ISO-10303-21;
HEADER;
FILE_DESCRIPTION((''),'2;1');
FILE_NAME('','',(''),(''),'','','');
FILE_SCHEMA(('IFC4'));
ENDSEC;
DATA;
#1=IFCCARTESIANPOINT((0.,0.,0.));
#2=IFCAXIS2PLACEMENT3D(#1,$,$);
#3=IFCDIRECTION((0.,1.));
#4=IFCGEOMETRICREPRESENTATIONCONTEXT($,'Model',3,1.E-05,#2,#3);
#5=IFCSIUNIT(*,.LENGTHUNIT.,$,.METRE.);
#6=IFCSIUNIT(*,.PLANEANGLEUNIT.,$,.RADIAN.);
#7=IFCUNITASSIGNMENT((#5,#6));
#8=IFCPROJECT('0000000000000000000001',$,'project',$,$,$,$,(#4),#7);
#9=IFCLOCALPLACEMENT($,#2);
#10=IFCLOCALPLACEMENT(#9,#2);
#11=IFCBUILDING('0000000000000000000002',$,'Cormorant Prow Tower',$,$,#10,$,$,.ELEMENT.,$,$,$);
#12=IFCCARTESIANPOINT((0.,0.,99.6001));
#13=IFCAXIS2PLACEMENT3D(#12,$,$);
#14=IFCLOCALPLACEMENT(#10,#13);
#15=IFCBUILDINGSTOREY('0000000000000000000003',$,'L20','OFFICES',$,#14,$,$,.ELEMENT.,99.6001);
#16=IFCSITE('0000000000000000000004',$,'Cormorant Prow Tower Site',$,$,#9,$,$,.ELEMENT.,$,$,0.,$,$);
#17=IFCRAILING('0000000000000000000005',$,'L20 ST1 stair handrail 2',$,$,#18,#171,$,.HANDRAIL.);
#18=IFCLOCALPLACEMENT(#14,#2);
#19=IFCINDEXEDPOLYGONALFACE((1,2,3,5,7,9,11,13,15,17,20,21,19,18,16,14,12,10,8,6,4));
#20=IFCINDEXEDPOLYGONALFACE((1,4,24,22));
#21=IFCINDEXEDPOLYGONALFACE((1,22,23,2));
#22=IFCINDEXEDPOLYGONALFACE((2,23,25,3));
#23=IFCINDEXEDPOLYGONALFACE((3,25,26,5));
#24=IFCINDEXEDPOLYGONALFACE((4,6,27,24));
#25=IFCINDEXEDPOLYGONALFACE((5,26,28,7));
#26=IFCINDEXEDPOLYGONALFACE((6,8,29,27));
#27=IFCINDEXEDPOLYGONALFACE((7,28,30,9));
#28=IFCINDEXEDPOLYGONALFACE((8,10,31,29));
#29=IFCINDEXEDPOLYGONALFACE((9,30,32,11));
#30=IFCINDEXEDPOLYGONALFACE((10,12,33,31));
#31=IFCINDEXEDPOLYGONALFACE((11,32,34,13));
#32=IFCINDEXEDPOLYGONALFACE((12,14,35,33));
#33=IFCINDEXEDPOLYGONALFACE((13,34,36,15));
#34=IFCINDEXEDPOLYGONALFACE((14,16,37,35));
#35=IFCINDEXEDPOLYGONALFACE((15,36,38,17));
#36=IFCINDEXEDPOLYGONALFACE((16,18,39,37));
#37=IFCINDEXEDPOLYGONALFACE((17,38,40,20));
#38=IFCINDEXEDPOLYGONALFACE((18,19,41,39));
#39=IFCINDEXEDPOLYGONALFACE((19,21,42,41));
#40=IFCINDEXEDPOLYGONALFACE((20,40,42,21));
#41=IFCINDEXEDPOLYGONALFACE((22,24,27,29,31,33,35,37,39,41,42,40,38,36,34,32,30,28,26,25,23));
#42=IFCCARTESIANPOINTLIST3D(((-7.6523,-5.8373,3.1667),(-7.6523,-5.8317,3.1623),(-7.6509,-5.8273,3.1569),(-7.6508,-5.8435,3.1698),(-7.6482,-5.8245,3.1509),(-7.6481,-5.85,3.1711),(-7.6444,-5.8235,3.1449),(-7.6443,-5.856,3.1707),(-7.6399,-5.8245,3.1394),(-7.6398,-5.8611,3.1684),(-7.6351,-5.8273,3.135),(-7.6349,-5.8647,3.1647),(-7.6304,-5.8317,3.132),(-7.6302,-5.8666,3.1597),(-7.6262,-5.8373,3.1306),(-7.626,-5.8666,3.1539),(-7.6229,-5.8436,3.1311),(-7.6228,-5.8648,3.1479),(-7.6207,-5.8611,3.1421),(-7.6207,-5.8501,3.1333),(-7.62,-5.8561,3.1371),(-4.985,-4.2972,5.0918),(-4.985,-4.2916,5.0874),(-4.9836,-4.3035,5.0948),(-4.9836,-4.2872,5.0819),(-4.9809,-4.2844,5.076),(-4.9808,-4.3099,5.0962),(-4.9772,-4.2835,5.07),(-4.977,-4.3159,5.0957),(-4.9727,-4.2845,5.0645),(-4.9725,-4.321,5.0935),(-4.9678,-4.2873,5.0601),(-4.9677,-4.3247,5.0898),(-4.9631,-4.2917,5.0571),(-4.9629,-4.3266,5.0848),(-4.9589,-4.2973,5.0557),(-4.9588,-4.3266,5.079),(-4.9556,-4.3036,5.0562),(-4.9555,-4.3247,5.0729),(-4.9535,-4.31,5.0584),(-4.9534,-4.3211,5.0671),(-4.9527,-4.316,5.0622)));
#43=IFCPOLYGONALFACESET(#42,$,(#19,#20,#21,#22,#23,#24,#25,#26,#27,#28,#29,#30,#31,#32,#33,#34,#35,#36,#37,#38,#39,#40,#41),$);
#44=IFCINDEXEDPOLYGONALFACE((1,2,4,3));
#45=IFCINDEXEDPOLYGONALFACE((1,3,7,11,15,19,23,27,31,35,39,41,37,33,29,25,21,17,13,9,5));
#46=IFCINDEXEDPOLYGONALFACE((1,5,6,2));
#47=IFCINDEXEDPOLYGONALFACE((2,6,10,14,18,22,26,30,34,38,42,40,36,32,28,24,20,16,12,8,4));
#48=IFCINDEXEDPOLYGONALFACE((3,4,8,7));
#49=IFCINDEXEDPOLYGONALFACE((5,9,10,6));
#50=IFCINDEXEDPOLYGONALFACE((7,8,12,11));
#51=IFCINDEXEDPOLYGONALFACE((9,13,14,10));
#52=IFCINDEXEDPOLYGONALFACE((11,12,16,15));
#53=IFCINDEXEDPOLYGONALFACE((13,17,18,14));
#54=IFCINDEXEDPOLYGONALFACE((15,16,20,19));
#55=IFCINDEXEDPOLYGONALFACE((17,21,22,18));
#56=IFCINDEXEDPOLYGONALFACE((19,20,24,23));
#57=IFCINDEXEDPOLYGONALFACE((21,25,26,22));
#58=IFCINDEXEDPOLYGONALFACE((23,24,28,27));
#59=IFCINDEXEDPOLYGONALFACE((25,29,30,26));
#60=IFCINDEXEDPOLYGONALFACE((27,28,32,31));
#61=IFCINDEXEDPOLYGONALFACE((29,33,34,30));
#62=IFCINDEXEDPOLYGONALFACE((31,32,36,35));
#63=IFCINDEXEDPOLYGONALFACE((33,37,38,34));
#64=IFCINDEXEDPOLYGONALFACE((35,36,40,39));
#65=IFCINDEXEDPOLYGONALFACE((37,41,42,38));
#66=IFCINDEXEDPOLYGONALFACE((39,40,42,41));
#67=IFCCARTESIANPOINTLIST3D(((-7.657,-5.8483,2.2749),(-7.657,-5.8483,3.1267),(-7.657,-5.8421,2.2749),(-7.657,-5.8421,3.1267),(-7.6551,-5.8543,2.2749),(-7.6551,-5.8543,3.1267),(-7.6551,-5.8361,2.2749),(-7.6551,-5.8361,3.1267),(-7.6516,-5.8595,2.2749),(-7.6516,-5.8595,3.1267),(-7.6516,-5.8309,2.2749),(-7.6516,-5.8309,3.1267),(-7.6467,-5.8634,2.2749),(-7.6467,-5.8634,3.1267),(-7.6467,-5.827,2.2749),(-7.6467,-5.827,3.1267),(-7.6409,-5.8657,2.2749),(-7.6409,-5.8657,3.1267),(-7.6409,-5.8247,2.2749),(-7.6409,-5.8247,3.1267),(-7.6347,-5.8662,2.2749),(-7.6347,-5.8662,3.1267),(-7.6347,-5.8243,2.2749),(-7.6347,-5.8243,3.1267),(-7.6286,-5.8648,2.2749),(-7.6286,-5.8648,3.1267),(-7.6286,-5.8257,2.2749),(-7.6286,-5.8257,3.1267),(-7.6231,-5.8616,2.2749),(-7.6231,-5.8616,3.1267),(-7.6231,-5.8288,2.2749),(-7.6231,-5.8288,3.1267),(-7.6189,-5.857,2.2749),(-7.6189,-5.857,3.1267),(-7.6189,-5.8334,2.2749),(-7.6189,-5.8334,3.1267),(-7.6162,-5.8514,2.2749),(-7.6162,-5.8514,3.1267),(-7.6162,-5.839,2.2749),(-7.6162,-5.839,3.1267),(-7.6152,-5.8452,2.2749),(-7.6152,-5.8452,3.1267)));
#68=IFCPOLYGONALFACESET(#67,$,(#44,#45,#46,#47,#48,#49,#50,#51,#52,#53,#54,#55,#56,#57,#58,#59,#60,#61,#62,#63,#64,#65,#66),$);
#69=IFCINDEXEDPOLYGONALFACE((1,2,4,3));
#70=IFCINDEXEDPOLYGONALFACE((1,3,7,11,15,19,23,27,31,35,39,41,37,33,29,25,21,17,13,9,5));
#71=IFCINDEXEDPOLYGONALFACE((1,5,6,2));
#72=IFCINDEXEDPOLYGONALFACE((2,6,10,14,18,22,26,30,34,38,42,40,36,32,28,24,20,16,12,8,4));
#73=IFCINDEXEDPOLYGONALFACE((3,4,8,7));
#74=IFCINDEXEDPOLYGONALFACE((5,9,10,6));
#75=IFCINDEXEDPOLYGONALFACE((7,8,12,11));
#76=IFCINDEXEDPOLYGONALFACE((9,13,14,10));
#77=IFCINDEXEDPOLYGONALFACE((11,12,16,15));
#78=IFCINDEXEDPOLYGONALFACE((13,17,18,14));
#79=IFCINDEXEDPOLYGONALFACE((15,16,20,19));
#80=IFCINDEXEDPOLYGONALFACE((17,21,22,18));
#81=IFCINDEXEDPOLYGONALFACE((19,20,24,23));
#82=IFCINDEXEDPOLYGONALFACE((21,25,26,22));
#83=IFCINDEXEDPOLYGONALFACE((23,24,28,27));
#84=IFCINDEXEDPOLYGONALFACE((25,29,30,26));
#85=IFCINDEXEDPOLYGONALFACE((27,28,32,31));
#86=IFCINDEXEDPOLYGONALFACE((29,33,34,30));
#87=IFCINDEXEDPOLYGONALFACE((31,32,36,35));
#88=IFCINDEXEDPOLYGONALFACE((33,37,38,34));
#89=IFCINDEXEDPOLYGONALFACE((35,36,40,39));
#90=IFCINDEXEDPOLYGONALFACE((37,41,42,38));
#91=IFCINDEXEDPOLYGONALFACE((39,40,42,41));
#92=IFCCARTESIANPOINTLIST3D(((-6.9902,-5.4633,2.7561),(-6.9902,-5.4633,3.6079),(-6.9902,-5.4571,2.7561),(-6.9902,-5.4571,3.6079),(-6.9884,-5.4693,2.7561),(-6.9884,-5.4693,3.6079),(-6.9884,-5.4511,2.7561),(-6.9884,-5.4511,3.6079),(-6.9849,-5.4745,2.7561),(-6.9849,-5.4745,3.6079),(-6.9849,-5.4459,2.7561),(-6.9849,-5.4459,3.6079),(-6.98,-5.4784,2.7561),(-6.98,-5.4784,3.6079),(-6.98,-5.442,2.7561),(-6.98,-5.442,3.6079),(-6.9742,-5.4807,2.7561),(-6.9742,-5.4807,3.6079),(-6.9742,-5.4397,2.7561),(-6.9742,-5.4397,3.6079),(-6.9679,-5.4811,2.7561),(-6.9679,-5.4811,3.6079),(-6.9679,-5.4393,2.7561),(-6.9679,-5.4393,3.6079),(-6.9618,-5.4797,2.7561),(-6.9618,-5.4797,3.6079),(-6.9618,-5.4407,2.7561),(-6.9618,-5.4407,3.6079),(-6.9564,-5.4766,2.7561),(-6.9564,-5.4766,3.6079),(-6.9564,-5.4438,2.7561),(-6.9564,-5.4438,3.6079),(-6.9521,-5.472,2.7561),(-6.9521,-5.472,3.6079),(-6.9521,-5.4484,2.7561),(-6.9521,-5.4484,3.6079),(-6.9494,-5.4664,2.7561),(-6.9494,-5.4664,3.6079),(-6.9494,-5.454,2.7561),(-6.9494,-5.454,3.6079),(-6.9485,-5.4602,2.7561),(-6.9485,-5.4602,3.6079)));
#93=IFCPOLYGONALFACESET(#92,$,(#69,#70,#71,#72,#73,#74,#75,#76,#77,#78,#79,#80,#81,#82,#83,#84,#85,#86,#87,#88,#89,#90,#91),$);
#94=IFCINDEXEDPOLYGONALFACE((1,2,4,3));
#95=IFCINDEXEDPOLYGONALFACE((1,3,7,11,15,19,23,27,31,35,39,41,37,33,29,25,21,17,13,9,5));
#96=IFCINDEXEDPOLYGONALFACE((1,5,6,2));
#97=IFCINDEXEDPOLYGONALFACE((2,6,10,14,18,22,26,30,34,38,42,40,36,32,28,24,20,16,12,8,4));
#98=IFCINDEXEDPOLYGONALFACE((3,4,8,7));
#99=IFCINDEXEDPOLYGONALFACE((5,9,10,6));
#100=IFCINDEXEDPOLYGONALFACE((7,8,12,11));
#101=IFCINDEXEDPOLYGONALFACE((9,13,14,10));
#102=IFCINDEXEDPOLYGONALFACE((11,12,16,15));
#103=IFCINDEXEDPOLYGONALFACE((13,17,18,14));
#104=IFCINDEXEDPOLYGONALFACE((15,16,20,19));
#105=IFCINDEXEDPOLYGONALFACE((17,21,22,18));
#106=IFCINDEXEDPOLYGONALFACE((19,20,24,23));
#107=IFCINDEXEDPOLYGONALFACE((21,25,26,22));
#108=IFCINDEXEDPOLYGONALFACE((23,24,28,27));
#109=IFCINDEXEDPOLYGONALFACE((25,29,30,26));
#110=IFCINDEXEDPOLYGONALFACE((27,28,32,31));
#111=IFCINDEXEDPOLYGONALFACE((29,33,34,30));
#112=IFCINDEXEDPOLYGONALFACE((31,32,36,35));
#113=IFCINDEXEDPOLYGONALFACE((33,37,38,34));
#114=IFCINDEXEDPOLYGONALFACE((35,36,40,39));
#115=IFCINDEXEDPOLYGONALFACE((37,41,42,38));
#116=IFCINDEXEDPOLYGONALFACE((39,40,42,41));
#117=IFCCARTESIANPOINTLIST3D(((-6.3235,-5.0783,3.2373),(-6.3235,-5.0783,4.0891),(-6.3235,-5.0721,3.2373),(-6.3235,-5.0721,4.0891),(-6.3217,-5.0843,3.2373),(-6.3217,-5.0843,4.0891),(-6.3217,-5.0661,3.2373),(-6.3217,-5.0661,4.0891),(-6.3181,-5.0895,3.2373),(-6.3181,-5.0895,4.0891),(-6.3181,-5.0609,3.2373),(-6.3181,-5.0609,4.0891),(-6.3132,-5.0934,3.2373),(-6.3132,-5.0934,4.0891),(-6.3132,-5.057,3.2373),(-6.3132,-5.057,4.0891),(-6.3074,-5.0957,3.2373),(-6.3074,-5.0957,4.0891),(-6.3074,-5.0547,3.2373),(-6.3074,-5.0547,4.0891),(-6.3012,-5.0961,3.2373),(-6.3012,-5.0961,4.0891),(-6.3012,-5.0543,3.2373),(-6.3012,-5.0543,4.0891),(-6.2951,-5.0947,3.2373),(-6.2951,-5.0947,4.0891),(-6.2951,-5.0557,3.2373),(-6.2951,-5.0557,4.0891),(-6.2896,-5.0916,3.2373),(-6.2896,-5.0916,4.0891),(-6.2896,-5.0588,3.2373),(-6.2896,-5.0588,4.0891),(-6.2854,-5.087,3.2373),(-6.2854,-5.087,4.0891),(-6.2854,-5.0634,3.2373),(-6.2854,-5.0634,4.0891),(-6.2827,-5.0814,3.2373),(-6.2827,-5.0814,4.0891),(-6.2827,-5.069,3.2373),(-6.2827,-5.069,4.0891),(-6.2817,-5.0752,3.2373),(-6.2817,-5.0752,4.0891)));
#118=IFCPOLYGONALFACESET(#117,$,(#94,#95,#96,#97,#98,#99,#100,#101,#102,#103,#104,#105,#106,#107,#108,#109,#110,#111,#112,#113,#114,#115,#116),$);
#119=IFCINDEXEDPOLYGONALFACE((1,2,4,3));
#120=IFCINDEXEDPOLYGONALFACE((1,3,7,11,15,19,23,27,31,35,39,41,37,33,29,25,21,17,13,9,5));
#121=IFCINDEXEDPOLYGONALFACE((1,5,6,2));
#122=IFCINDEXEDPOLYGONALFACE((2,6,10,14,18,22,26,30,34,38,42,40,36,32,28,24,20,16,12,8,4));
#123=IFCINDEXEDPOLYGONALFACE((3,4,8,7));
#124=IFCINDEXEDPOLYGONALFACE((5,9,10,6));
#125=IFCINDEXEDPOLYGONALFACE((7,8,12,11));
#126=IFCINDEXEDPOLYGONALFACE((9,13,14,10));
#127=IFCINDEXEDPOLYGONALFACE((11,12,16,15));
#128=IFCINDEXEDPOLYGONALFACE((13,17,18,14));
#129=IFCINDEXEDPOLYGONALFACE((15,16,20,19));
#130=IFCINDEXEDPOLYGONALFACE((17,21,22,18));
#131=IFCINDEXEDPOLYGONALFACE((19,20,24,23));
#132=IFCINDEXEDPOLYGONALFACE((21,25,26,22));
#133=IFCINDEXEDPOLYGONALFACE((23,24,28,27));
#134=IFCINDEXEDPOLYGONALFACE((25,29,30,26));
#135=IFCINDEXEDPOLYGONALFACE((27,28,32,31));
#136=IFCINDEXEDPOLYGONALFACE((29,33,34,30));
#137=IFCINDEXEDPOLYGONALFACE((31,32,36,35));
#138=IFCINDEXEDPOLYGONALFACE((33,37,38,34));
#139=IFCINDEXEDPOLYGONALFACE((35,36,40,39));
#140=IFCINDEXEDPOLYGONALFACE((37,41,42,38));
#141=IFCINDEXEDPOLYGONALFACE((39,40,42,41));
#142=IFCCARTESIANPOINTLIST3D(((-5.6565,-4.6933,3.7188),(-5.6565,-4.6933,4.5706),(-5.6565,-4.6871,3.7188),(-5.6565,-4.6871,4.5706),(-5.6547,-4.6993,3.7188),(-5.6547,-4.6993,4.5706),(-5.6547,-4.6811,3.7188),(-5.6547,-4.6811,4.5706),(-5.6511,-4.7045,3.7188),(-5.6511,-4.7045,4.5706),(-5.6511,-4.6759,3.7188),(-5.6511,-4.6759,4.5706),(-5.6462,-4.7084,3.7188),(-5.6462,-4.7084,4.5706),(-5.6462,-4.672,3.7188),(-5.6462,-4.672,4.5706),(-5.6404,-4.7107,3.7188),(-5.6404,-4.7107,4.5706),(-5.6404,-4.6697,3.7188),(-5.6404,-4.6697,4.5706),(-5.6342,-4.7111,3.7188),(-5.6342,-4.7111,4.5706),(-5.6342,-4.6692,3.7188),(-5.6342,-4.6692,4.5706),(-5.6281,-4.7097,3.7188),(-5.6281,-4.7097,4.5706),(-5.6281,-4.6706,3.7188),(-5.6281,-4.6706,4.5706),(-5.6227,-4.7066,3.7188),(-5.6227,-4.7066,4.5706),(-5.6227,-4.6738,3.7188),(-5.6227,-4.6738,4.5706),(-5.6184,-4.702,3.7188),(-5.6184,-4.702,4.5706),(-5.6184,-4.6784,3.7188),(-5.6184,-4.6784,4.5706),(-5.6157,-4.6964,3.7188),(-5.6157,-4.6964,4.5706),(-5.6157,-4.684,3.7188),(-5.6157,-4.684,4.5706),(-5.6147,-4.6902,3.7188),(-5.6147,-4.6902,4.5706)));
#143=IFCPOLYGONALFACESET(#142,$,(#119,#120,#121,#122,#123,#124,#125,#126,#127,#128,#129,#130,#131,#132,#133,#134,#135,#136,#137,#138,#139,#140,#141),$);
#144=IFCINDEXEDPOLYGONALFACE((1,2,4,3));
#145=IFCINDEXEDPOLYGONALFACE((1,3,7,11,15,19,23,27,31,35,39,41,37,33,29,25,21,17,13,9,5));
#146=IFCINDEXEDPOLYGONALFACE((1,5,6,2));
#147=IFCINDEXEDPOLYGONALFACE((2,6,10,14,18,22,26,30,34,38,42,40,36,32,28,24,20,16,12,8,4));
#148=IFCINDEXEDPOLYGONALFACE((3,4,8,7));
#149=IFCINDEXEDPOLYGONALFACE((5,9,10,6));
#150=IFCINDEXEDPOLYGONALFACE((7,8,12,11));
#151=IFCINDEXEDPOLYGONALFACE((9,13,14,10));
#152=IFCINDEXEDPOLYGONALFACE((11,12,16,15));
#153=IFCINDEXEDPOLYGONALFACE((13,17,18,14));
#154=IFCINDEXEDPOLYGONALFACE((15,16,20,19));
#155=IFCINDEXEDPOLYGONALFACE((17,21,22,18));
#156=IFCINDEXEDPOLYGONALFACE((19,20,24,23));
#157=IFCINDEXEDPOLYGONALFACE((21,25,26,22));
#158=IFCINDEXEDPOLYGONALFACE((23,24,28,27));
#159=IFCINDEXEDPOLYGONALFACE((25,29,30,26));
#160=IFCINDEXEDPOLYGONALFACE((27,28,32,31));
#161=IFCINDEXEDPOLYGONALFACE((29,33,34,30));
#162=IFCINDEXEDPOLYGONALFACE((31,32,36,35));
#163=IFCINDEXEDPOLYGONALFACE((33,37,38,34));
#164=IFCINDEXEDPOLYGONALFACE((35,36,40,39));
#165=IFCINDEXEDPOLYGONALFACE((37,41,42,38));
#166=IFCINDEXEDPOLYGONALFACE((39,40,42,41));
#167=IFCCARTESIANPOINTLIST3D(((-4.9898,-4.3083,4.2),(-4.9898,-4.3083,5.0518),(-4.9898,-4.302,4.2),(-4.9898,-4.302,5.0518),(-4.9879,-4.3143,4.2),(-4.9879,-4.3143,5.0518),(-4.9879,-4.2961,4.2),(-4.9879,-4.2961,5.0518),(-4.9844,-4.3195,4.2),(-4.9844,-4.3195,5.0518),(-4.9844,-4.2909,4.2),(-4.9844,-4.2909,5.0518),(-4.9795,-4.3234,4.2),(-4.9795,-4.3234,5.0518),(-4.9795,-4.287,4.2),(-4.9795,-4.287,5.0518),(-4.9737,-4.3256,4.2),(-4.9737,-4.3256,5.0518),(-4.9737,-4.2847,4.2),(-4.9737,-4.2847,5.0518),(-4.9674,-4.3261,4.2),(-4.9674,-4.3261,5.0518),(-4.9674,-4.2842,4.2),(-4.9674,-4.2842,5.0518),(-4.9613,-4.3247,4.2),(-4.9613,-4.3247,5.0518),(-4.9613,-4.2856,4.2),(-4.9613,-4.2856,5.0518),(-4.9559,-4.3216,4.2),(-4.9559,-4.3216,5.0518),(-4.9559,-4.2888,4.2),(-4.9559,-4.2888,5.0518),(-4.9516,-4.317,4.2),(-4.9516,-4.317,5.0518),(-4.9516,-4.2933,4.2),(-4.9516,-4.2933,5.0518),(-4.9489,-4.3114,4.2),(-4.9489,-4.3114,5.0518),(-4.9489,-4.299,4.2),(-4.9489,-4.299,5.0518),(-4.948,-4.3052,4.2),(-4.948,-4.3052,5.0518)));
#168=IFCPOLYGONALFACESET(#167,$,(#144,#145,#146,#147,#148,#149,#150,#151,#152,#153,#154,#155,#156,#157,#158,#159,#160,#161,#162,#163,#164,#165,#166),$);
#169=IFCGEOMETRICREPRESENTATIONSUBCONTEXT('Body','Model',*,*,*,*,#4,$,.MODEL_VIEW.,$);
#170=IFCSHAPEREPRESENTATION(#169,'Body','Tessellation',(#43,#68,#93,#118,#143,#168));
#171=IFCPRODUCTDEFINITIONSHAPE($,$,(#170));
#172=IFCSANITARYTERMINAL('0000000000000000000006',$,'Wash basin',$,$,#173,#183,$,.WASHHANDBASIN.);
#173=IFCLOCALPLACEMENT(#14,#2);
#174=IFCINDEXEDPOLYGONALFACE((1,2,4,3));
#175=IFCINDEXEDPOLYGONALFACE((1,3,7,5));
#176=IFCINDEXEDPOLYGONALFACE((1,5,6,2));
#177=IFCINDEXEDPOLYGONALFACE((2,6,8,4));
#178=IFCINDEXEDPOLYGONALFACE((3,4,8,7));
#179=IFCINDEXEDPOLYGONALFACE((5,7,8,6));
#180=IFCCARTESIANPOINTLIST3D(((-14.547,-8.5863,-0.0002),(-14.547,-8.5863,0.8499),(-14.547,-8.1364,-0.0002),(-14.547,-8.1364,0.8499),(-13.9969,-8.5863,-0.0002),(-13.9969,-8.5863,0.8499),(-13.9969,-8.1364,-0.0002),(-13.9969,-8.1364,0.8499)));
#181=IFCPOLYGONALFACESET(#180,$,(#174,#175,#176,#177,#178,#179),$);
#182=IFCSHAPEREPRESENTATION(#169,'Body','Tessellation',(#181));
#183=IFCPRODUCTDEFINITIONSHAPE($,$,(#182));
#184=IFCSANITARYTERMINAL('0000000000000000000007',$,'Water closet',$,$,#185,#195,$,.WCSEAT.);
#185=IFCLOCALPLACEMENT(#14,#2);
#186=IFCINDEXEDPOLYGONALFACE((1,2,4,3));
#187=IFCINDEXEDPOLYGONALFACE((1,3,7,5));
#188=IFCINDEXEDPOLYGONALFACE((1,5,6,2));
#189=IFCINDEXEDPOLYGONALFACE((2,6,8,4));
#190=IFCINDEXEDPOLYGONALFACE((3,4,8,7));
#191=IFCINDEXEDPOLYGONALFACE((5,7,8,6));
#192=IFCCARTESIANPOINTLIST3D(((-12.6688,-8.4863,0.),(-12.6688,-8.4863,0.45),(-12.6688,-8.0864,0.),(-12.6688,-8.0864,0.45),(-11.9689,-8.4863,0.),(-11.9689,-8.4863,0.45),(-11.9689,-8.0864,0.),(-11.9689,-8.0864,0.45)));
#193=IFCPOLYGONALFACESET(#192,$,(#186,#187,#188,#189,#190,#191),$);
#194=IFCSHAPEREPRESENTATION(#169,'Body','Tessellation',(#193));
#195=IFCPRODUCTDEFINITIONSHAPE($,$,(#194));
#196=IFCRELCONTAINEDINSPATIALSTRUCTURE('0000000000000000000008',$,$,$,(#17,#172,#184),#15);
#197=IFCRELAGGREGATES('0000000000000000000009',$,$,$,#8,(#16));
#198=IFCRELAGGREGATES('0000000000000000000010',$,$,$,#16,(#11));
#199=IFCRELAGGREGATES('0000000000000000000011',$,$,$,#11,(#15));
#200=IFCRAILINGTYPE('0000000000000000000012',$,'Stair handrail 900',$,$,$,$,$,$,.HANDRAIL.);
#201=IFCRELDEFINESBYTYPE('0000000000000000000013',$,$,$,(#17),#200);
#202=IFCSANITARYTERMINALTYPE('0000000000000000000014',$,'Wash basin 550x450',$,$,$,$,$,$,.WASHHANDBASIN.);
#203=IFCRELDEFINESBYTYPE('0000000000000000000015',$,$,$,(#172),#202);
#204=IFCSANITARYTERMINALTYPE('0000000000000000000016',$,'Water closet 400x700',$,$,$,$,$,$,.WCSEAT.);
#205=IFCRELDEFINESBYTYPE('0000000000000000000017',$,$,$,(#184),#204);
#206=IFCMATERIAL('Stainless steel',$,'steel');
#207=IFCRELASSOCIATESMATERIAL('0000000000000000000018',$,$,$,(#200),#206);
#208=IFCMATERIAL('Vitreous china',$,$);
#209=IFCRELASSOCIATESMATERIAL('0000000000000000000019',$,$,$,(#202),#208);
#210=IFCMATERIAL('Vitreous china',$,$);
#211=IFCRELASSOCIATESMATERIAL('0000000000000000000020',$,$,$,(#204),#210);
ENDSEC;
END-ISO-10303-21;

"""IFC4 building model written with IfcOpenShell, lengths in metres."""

from ifc_helpers import new_model, si_unit, direction, frame, origin, origin_2d, place, context, subcontext, project, spatial, rectangle, circle, extrude, material, type_object, element, save


model = new_model("IFC4")

# Units and contexts
model_context = context("Model", 3, precision=1e-05, world=origin(), true_north=direction((0.0, 1.0)))
body_context = subcontext(model_context, "Body", "Model", "MODEL_VIEW")
ifc_project = project(units=[si_unit("LENGTHUNIT", "METRE"), si_unit("PLANEANGLEUNIT", "RADIAN")], contexts=[model_context])

# Site, building, storey
site_placement = place(None, origin())
site = spatial("IfcSite", under=ifc_project, at=site_placement, Name="Cormorant Prow Tower Site", CompositionType="ELEMENT", RefElevation=0.0)
building_placement = place(site_placement, origin())
building = spatial("IfcBuilding", under=site, at=building_placement, Name="Cormorant Prow Tower", CompositionType="ELEMENT")
storey_placement = place(building_placement, frame((0.0, 0.0, 99.6001)))
storey = spatial("IfcBuildingStorey", under=building, at=storey_placement, Name="L20", Description="OFFICES", CompositionType="ELEMENT", Elevation=99.6001)

# Railing
ifc_material_1 = material(Name="Stainless steel", Category="steel")
railing_type_1 = type_object("IfcRailingType", Name="Stair handrail 900", PredefinedType="HANDRAIL", material=ifc_material_1)
railing_1_placement = place(storey_placement, frame((-7.6362, -5.8452, 2.2749)))
element("IfcRailing", 1, at=railing_1_placement, inside=storey, type_object=railing_type_1, Name="L20 ST1 stair handrail 2", PredefinedType="HANDRAIL", context=body_context, shape_type="SweptSolid", body=[
    extrude(circle(Radius=0.0239, at=origin_2d()), frame((0.0, 0.0, 0.876), z_axis=(0.734364, 0.424015, 0.530019), x_axis=(-0.500027, 0.86601, 0.0)), (0.0, 0.0, 1.0), 3.6321),
    extrude(circle(Radius=0.021, at=origin_2d()), origin(), (0.0, 0.0, 1.0), 0.8518),
    extrude(circle(Radius=0.021, at=origin_2d()), frame((0.6667, 0.385, 0.4812)), (0.0, 0.0, 1.0), 0.8518),
    extrude(circle(Radius=0.021, at=origin_2d()), frame((1.3335, 0.77, 0.9624)), (0.0, 0.0, 1.0), 0.8518),
    extrude(circle(Radius=0.021, at=origin_2d()), frame((2.0005, 1.155, 1.4438)), (0.0, 0.0, 1.0), 0.8518),
    extrude(circle(Radius=0.021, at=origin_2d()), frame((2.6672, 1.54, 1.925)), (0.0, 0.0, 1.0), 0.8518),
])

# Sanitary terminals
ifc_material_2 = material(Name="Vitreous china")
sanitary_terminal_type_1 = type_object("IfcSanitaryTerminalType", Name="Wash basin 550x450", PredefinedType="WASHHANDBASIN", material=ifc_material_2)
sanitary_terminal_1_placement = place(storey_placement, frame((-14.272, -8.3613, -0.0002), z_axis=(0.0, 0.0, 1.0), x_axis=(1.0, 0.0, 0.0)))
element("IfcSanitaryTerminal", 2, at=sanitary_terminal_1_placement, inside=storey, type_object=sanitary_terminal_type_1, Name="Wash basin", PredefinedType="WASHHANDBASIN", context=body_context, shape_type="SweptSolid", body=[
    extrude(rectangle(XDim=0.55, YDim=0.45, at=origin_2d()), origin(), (0.0, 0.0, 1.0), 0.8501),
])
ifc_material_3 = material(Name="Vitreous china")
sanitary_terminal_type_2 = type_object("IfcSanitaryTerminalType", Name="Water closet 400x700", PredefinedType="WCSEAT", material=ifc_material_3)
sanitary_terminal_2_placement = place(storey_placement, frame((-12.3188, -8.2864, 0.0), z_axis=(0.0, 0.0, 1.0), x_axis=(0.0, 1.0, 0.0)))
element("IfcSanitaryTerminal", 3, at=sanitary_terminal_2_placement, inside=storey, type_object=sanitary_terminal_type_2, Name="Water closet", PredefinedType="WCSEAT", context=body_context, shape_type="SweptSolid", body=[
    extrude(rectangle(XDim=0.3999, YDim=0.7, at=origin_2d()), origin(), (0.0, 0.0, 1.0), 0.45),
])

save(model, "model.ifc")
